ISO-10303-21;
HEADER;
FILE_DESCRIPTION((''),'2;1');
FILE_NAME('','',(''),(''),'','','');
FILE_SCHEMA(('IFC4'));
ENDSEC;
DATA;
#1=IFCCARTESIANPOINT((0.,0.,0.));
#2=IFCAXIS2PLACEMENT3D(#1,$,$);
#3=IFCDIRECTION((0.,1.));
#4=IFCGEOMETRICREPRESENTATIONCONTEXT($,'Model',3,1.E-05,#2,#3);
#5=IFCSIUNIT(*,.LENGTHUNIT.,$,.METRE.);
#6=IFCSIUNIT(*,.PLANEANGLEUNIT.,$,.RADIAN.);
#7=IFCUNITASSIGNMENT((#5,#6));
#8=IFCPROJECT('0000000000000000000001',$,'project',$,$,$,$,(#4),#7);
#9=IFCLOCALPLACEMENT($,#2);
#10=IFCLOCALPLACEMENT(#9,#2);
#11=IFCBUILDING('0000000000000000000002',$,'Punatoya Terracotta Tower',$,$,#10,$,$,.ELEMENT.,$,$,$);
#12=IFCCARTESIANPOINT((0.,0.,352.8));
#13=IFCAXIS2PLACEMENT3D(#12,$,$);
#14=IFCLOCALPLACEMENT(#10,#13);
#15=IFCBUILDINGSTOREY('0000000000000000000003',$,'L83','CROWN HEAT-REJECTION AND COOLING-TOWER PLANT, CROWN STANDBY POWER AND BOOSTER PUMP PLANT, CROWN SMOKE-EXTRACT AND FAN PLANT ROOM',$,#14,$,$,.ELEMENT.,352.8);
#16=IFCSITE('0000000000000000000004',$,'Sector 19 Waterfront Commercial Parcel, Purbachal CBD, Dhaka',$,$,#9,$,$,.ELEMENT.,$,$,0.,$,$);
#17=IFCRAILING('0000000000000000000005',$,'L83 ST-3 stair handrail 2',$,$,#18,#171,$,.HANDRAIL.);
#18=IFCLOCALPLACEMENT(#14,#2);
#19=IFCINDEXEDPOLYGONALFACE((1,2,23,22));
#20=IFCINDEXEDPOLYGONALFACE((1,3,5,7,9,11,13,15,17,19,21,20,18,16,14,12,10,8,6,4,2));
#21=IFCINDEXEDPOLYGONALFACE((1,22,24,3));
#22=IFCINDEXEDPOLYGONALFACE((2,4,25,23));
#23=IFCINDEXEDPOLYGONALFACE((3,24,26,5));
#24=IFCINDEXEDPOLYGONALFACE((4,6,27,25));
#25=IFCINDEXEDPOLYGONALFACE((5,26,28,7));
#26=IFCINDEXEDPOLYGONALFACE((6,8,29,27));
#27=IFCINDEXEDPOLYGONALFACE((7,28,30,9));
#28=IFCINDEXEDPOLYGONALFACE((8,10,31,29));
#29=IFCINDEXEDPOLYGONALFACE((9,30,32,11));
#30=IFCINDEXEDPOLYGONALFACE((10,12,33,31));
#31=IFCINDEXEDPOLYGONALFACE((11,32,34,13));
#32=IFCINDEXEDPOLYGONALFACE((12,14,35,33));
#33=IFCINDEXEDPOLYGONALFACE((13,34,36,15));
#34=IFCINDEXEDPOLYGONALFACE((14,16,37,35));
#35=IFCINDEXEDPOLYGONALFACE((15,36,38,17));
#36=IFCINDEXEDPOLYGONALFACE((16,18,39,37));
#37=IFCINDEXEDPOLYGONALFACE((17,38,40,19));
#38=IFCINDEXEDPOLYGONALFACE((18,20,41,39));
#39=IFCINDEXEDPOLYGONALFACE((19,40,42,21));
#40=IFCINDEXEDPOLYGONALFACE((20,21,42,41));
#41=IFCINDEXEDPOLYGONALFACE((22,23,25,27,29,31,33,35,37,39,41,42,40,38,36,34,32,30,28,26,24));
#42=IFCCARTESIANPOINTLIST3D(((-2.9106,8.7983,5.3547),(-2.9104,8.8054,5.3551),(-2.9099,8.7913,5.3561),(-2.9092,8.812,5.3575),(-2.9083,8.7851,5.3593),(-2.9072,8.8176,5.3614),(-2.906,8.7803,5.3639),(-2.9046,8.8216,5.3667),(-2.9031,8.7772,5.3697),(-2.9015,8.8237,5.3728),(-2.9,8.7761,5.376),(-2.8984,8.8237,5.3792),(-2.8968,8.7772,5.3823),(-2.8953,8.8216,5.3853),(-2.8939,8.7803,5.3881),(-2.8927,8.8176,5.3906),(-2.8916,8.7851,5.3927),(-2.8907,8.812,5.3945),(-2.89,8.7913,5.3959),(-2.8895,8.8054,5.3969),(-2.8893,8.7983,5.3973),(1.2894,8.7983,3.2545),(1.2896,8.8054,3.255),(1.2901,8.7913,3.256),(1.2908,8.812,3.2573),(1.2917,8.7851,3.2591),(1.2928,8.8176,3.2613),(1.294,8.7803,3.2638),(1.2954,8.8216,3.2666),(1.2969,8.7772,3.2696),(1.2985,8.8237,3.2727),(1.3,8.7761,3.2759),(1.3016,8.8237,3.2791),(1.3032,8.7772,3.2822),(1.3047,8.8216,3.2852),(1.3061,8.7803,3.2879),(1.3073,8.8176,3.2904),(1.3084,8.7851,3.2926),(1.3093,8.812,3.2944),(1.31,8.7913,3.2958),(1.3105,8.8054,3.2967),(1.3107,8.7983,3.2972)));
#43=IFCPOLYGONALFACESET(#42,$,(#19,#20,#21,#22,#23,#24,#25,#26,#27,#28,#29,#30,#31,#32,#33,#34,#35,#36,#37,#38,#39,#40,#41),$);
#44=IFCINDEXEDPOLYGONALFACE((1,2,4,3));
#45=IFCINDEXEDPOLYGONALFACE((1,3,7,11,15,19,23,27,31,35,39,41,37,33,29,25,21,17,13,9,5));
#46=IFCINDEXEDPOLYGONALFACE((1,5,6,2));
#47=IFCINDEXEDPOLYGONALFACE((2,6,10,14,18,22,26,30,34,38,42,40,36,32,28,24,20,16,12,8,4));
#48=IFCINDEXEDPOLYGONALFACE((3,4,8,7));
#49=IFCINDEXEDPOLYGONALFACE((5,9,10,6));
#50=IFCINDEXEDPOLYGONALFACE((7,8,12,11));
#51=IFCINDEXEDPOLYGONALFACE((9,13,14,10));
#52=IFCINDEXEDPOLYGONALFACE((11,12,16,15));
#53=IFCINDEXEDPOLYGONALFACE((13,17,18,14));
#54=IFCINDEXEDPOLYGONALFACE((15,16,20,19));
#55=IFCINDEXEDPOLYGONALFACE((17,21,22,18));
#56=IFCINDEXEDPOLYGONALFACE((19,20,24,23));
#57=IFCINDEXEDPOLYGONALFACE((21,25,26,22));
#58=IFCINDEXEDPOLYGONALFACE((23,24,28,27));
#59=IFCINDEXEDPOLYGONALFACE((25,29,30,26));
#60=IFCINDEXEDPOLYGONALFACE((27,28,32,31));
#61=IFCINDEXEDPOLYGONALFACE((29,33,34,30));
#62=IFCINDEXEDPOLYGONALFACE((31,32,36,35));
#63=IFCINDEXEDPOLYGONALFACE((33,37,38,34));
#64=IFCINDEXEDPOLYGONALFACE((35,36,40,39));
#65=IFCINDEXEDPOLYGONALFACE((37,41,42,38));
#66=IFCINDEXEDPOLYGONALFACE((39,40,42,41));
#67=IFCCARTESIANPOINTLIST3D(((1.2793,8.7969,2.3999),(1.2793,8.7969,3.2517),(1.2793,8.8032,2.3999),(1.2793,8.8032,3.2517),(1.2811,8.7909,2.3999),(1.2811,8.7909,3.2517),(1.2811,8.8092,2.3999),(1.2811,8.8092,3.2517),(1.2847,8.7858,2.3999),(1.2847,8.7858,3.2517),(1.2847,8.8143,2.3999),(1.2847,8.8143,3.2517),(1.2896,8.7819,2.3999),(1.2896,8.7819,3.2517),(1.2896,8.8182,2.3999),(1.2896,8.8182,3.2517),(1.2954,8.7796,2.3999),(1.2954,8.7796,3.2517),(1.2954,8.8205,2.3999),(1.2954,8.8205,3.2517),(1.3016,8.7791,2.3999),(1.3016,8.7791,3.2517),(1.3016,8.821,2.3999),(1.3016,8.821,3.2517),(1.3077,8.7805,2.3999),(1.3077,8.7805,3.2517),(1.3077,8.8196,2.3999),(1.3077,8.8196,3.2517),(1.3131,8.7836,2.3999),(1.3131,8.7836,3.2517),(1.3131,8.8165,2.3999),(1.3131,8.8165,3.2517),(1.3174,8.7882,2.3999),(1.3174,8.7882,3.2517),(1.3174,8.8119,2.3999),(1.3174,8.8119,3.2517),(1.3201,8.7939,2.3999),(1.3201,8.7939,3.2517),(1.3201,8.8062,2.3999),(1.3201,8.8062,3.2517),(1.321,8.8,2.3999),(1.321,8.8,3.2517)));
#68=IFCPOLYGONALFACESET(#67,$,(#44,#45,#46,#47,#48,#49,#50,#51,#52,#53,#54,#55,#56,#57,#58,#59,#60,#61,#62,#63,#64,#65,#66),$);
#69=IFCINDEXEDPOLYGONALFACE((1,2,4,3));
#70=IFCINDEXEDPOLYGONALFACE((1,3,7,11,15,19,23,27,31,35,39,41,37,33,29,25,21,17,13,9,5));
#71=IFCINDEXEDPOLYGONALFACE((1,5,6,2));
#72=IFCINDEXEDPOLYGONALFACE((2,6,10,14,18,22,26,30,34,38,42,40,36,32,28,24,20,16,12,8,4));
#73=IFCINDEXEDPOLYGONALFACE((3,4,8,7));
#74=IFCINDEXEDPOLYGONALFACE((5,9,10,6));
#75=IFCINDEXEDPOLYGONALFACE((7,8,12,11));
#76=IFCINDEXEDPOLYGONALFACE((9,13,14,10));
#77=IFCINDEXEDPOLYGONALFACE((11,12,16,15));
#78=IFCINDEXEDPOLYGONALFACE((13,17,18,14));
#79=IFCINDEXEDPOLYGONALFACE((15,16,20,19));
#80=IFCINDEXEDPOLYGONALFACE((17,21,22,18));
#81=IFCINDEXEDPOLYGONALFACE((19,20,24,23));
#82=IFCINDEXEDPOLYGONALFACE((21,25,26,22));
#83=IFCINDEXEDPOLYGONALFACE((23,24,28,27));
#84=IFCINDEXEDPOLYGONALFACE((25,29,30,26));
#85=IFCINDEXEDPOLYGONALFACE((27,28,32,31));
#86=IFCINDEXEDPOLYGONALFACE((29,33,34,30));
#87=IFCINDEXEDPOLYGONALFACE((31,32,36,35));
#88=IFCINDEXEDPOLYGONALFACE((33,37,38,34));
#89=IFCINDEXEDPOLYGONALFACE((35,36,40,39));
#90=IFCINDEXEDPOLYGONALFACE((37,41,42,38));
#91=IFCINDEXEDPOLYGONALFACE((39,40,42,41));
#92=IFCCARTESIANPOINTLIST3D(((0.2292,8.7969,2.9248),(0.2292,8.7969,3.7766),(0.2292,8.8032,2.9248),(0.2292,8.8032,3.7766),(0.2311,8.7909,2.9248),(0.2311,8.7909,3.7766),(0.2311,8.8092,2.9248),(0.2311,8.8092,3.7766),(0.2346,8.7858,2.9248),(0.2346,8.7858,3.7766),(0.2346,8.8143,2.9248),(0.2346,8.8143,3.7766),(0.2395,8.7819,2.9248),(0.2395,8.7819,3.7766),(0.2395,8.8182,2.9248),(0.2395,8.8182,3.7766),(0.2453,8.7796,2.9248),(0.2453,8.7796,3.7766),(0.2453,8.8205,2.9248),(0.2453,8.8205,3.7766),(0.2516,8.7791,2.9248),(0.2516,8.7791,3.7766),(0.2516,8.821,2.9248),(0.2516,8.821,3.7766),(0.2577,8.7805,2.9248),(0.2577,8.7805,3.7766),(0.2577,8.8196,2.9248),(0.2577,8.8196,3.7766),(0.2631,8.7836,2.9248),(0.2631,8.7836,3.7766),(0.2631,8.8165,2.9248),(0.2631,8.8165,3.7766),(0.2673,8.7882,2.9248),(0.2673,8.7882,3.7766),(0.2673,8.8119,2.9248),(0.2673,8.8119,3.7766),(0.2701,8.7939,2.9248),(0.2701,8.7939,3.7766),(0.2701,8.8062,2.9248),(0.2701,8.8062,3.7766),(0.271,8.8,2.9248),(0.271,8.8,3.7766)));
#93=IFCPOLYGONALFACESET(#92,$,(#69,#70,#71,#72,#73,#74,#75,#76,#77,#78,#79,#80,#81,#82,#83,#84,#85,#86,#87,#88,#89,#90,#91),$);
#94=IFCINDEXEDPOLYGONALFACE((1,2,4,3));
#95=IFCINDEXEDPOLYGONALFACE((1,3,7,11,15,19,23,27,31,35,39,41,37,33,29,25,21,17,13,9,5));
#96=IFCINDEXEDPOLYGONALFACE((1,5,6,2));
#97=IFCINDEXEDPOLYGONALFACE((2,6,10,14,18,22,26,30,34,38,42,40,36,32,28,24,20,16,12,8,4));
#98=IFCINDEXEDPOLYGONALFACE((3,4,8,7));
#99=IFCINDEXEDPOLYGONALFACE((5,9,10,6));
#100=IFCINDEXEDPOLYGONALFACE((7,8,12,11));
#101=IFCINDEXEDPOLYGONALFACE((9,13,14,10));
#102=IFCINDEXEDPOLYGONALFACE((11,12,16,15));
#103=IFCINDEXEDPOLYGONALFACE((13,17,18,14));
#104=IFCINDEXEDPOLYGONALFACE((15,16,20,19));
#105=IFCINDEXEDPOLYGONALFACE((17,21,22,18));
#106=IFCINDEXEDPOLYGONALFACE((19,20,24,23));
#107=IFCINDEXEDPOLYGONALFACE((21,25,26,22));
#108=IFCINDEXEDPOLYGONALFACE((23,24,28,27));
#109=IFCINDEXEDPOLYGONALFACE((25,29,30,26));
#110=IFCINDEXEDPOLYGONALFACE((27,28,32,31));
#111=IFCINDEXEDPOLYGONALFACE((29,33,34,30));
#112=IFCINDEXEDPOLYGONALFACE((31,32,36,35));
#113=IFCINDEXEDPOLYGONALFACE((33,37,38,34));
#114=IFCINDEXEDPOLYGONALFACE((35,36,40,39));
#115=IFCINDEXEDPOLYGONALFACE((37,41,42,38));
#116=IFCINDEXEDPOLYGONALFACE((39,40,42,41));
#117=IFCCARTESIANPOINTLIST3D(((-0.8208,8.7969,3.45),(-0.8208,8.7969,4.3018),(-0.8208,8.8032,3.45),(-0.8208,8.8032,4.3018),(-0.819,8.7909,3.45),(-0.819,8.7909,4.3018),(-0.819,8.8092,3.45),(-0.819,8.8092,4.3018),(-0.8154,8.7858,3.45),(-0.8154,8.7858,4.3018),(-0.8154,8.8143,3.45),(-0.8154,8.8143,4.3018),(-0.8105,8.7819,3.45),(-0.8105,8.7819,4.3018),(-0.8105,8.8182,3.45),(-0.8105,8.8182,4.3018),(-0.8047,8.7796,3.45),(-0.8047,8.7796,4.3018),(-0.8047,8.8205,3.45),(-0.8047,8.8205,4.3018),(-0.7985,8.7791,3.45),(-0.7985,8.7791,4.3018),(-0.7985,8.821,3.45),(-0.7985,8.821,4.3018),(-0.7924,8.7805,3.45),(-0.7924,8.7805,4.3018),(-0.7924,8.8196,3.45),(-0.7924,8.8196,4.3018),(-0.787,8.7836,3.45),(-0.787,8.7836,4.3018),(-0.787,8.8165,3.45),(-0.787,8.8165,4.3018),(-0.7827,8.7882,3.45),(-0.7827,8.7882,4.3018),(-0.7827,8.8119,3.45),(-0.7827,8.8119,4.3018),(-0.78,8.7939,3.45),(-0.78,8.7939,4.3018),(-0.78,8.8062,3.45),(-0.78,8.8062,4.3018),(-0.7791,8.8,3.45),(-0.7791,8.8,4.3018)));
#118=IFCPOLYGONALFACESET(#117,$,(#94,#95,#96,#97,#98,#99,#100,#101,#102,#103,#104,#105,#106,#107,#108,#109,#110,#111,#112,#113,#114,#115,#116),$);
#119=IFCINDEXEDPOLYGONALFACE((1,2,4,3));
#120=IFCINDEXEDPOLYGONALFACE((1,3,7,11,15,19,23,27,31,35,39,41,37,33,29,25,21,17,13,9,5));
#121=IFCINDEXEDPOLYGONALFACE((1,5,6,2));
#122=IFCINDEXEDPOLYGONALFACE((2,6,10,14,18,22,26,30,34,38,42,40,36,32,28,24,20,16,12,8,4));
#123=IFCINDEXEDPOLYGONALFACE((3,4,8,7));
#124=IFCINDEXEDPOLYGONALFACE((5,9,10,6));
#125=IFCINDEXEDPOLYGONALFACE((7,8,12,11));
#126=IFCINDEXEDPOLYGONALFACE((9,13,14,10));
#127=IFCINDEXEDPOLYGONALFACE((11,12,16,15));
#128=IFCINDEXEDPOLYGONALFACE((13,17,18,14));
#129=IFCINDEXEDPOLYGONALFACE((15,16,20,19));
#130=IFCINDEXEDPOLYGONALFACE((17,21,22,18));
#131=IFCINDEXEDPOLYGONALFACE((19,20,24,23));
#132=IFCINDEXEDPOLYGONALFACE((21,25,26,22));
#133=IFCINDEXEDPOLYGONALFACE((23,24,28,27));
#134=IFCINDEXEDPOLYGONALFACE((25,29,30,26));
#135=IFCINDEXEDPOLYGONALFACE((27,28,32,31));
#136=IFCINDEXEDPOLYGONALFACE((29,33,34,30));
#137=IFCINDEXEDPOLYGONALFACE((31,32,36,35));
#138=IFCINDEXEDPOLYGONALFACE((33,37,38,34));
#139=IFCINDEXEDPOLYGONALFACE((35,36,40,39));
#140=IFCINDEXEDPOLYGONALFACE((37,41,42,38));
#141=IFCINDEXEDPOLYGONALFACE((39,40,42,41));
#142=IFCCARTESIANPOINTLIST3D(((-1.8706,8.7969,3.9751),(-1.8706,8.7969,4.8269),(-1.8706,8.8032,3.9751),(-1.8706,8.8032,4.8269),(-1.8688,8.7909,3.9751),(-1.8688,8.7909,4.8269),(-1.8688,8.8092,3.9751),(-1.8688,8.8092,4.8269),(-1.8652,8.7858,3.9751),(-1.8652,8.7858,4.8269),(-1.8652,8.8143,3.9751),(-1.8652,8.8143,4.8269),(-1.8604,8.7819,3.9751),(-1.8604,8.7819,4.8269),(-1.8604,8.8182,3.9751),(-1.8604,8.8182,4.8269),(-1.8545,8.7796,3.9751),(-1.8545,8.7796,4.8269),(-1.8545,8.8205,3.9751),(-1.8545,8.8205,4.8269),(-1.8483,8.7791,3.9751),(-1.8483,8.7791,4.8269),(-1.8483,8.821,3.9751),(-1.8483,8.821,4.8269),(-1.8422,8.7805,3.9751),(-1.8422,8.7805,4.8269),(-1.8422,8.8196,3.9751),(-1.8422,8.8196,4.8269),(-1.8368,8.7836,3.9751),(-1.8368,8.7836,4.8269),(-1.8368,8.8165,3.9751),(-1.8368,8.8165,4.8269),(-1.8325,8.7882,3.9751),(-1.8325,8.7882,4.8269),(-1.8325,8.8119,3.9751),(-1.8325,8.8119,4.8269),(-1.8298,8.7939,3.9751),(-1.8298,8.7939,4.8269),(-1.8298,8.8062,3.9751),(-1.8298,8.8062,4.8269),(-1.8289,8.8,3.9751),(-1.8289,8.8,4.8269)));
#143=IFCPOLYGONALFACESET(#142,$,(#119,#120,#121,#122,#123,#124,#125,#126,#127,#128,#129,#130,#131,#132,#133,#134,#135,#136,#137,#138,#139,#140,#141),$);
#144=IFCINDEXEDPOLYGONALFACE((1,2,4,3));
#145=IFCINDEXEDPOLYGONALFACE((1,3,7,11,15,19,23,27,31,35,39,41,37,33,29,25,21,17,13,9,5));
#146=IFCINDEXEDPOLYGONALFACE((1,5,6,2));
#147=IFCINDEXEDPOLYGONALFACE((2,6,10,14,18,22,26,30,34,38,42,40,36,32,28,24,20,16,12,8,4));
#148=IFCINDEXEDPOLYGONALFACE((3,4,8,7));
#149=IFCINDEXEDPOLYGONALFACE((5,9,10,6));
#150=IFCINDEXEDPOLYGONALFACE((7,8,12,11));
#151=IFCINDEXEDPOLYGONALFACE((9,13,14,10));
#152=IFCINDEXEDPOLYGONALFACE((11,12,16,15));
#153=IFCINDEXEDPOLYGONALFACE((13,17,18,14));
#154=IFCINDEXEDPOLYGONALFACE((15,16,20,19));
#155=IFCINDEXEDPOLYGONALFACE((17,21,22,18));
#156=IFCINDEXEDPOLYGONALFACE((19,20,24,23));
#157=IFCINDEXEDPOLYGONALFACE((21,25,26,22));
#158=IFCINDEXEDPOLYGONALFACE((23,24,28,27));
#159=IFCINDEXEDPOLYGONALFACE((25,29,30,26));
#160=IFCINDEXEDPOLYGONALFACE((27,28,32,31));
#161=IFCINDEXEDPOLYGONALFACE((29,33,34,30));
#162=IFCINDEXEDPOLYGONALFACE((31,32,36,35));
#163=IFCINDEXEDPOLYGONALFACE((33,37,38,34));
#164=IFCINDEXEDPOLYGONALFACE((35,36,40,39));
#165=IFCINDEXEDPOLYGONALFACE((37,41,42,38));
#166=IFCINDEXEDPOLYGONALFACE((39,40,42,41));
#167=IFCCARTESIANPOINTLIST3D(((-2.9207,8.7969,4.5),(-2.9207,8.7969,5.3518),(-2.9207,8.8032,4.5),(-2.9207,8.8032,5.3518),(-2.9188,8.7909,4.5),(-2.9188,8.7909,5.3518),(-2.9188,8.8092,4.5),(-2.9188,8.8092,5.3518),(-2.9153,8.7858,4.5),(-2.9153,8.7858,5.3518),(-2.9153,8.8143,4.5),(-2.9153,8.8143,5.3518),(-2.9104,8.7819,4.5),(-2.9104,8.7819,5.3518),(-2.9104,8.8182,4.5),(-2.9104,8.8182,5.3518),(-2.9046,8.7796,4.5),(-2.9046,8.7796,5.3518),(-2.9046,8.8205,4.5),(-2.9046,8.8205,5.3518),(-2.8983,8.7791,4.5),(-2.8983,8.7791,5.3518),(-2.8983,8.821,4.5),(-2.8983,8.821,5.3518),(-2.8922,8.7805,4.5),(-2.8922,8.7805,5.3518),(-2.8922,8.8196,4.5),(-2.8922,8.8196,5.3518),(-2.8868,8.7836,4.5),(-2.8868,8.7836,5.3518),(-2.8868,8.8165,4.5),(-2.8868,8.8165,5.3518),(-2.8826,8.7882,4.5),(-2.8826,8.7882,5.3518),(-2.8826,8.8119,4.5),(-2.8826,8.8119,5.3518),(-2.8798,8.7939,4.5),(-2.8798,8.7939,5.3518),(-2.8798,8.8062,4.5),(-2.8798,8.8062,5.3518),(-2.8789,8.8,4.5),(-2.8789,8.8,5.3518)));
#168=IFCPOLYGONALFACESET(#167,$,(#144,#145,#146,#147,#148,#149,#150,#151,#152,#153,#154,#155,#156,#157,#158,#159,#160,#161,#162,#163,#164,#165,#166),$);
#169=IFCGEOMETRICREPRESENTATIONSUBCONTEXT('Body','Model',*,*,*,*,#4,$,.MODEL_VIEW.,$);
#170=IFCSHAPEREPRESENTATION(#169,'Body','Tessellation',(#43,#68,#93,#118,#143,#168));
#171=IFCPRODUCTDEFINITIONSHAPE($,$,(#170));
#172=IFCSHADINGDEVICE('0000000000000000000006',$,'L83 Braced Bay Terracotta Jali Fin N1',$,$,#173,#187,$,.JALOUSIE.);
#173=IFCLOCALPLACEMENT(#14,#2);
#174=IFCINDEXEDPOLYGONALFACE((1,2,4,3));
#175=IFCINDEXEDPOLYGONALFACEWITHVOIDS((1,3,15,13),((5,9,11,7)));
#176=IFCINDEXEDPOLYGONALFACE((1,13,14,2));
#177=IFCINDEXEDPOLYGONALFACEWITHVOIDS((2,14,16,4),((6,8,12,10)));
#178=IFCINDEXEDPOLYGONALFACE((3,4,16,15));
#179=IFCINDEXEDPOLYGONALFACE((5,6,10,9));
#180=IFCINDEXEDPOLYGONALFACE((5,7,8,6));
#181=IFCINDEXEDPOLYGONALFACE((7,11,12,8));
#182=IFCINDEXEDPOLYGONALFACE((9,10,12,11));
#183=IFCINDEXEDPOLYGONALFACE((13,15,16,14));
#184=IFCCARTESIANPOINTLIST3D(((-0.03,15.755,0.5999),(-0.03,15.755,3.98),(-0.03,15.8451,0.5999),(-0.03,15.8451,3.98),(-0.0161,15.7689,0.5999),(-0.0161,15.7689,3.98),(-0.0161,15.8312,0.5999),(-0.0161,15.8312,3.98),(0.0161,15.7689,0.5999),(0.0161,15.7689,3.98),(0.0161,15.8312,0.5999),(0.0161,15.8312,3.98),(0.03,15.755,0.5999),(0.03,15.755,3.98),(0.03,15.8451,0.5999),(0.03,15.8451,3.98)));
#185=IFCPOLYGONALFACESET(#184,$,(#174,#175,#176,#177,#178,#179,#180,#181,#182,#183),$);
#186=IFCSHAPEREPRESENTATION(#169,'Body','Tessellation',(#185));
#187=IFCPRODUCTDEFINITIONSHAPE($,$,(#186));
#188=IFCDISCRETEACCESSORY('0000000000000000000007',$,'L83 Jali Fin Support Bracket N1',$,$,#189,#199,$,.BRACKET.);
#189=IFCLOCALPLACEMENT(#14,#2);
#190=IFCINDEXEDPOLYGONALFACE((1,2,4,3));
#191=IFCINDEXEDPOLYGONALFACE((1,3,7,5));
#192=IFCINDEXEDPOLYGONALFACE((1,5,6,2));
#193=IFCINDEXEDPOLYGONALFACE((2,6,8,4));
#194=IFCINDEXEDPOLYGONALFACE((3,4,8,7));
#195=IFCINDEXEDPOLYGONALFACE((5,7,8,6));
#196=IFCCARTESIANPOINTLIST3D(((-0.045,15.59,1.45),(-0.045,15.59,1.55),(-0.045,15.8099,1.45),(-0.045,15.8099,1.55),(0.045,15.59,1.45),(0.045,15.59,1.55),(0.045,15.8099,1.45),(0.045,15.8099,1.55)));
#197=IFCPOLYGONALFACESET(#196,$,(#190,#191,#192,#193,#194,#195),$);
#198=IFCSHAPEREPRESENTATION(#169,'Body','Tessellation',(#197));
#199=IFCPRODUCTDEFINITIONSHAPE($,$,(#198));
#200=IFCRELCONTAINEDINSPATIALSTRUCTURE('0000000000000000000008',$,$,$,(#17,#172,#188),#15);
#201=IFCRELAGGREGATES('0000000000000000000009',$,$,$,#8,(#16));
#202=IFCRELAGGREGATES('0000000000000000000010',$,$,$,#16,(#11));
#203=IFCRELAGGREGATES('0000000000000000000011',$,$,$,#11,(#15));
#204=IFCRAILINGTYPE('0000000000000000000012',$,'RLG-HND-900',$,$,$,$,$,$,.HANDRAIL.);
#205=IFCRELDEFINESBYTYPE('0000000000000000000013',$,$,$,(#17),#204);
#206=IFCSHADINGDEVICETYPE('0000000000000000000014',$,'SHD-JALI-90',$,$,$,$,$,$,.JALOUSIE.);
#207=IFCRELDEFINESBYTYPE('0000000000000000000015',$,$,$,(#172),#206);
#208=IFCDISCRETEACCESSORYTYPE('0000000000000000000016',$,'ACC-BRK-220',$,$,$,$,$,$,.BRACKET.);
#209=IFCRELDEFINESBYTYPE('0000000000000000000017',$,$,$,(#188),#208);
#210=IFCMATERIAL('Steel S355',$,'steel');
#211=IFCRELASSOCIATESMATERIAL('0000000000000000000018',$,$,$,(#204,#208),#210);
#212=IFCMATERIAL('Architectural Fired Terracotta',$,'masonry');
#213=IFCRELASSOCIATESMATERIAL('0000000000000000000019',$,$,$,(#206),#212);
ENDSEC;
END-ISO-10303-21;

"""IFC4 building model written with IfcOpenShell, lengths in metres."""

from ifc_helpers import new_model, si_unit, direction, frame, origin, origin_2d, place, context, subcontext, project, spatial, rectangle, hollow_rectangle, circle, extrude, material, material_profile, profile_set, type_object, element, save


model = new_model("IFC4")

# Units and contexts
model_context = context("Model", 3, precision=1e-05, world=origin(), true_north=direction((0.0, 1.0)))
body_context = subcontext(model_context, "Body", "Model", "MODEL_VIEW")
ifc_project = project(units=[si_unit("LENGTHUNIT", "METRE"), si_unit("PLANEANGLEUNIT", "RADIAN")], contexts=[model_context])

# Site, building, storey
site_placement = place(None, origin())
site = spatial("IfcSite", under=ifc_project, at=site_placement, Name="Sector 19 Waterfront Commercial Parcel, Purbachal CBD, Dhaka", CompositionType="ELEMENT", RefElevation=0.0)
building_placement = place(site_placement, origin())
building = spatial("IfcBuilding", under=site, at=building_placement, Name="Punatoya Terracotta Tower", CompositionType="ELEMENT")
storey_placement = place(building_placement, frame((0.0, 0.0, 352.8)))
storey = spatial("IfcBuildingStorey", under=building, at=storey_placement, Name="L83", Description="CROWN HEAT-REJECTION AND COOLING-TOWER PLANT, CROWN STANDBY POWER AND BOOSTER PUMP PLANT, CROWN SMOKE-EXTRACT AND FAN PLANT ROOM", CompositionType="ELEMENT", Elevation=352.8)

# Shared definitions
ifc_material_1 = material(Name="Steel S355", Category="steel")

# Railing
railing_type = type_object("IfcRailingType", Name="RLG-HND-900", PredefinedType="HANDRAIL", material=ifc_material_1)
railing_placement = place(storey_placement, frame((1.3, 8.8, 2.3999)))
element("IfcRailing", 1, at=railing_placement, inside=storey, type_object=railing_type, Name="L83 ST-3 stair handrail 2", PredefinedType="HANDRAIL", context=body_context, shape_type="SweptSolid", body=[
    extrude(circle(Radius=0.0239, at=origin_2d()), frame((0.0, 0.0, 0.876), z_axis=(-0.894417, 0.0, 0.447234), x_axis=(0.0, -1.0, 0.0)), (0.0, 0.0, 1.0), 4.6958),
    extrude(circle(Radius=0.021, at=origin_2d()), origin(), (0.0, 0.0, 1.0), 0.8518),
    extrude(circle(Radius=0.021, at=origin_2d()), frame((-1.05, 0.0, 0.5249)), (0.0, 0.0, 1.0), 0.8518),
    extrude(circle(Radius=0.021, at=origin_2d()), frame((-2.1001, 0.0, 1.05)), (0.0, 0.0, 1.0), 0.8518),
    extrude(circle(Radius=0.021, at=origin_2d()), frame((-3.1499, 0.0, 1.5752)), (0.0, 0.0, 1.0), 0.8518),
    extrude(circle(Radius=0.021, at=origin_2d()), frame((-4.2, 0.0, 2.1001)), (0.0, 0.0, 1.0), 0.8518),
])

# Shading device
ifc_material_2 = material(Name="Architectural Fired Terracotta", Category="masonry")
ifc_material_profile_1 = material_profile(ifc_material_2, hollow_rectangle(XDim=0.0601, YDim=0.0901, WallThickness=0.0139, at=origin_2d()))
ifc_profile_set_1 = profile_set([ifc_material_profile_1], Name="Architectural Fired Terracotta")
shading_device_type = type_object("IfcShadingDeviceType", Name="SHD-JALI-90", PredefinedType="JALOUSIE", material=ifc_profile_set_1)
shading_device_placement = place(storey_placement, frame((0.0, 15.8, 0.5999), z_axis=(0.0, 0.0, 1.0), x_axis=(1.0, 0.0, 0.0)))
element("IfcShadingDevice", 2, at=shading_device_placement, inside=storey, type_object=shading_device_type, Name="L83 Braced Bay Terracotta Jali Fin N1", PredefinedType="JALOUSIE", context=body_context, shape_type="SweptSolid", body=[
    extrude(hollow_rectangle(XDim=0.0601, YDim=0.0901, WallThickness=0.0139, at=origin_2d()), origin(), (0.0, 0.0, 1.0), 3.3801),
])

# Discrete accessory
discrete_accessory_type = type_object("IfcDiscreteAccessoryType", Name="ACC-BRK-220", PredefinedType="BRACKET", material=ifc_material_1)
discrete_accessory_placement = place(storey_placement, frame((0.0, 15.7, 1.45), z_axis=(0.0, 0.0, 1.0), x_axis=(-1.0, 0.0, 0.0)))
element("IfcDiscreteAccessory", 3, at=discrete_accessory_placement, inside=storey, type_object=discrete_accessory_type, Name="L83 Jali Fin Support Bracket N1", PredefinedType="BRACKET", context=body_context, shape_type="SweptSolid", body=[
    extrude(rectangle(XDim=0.0901, YDim=0.22, at=origin_2d()), origin(), (0.0, 0.0, 1.0), 0.1001),
])

save(model, "model.ifc")
